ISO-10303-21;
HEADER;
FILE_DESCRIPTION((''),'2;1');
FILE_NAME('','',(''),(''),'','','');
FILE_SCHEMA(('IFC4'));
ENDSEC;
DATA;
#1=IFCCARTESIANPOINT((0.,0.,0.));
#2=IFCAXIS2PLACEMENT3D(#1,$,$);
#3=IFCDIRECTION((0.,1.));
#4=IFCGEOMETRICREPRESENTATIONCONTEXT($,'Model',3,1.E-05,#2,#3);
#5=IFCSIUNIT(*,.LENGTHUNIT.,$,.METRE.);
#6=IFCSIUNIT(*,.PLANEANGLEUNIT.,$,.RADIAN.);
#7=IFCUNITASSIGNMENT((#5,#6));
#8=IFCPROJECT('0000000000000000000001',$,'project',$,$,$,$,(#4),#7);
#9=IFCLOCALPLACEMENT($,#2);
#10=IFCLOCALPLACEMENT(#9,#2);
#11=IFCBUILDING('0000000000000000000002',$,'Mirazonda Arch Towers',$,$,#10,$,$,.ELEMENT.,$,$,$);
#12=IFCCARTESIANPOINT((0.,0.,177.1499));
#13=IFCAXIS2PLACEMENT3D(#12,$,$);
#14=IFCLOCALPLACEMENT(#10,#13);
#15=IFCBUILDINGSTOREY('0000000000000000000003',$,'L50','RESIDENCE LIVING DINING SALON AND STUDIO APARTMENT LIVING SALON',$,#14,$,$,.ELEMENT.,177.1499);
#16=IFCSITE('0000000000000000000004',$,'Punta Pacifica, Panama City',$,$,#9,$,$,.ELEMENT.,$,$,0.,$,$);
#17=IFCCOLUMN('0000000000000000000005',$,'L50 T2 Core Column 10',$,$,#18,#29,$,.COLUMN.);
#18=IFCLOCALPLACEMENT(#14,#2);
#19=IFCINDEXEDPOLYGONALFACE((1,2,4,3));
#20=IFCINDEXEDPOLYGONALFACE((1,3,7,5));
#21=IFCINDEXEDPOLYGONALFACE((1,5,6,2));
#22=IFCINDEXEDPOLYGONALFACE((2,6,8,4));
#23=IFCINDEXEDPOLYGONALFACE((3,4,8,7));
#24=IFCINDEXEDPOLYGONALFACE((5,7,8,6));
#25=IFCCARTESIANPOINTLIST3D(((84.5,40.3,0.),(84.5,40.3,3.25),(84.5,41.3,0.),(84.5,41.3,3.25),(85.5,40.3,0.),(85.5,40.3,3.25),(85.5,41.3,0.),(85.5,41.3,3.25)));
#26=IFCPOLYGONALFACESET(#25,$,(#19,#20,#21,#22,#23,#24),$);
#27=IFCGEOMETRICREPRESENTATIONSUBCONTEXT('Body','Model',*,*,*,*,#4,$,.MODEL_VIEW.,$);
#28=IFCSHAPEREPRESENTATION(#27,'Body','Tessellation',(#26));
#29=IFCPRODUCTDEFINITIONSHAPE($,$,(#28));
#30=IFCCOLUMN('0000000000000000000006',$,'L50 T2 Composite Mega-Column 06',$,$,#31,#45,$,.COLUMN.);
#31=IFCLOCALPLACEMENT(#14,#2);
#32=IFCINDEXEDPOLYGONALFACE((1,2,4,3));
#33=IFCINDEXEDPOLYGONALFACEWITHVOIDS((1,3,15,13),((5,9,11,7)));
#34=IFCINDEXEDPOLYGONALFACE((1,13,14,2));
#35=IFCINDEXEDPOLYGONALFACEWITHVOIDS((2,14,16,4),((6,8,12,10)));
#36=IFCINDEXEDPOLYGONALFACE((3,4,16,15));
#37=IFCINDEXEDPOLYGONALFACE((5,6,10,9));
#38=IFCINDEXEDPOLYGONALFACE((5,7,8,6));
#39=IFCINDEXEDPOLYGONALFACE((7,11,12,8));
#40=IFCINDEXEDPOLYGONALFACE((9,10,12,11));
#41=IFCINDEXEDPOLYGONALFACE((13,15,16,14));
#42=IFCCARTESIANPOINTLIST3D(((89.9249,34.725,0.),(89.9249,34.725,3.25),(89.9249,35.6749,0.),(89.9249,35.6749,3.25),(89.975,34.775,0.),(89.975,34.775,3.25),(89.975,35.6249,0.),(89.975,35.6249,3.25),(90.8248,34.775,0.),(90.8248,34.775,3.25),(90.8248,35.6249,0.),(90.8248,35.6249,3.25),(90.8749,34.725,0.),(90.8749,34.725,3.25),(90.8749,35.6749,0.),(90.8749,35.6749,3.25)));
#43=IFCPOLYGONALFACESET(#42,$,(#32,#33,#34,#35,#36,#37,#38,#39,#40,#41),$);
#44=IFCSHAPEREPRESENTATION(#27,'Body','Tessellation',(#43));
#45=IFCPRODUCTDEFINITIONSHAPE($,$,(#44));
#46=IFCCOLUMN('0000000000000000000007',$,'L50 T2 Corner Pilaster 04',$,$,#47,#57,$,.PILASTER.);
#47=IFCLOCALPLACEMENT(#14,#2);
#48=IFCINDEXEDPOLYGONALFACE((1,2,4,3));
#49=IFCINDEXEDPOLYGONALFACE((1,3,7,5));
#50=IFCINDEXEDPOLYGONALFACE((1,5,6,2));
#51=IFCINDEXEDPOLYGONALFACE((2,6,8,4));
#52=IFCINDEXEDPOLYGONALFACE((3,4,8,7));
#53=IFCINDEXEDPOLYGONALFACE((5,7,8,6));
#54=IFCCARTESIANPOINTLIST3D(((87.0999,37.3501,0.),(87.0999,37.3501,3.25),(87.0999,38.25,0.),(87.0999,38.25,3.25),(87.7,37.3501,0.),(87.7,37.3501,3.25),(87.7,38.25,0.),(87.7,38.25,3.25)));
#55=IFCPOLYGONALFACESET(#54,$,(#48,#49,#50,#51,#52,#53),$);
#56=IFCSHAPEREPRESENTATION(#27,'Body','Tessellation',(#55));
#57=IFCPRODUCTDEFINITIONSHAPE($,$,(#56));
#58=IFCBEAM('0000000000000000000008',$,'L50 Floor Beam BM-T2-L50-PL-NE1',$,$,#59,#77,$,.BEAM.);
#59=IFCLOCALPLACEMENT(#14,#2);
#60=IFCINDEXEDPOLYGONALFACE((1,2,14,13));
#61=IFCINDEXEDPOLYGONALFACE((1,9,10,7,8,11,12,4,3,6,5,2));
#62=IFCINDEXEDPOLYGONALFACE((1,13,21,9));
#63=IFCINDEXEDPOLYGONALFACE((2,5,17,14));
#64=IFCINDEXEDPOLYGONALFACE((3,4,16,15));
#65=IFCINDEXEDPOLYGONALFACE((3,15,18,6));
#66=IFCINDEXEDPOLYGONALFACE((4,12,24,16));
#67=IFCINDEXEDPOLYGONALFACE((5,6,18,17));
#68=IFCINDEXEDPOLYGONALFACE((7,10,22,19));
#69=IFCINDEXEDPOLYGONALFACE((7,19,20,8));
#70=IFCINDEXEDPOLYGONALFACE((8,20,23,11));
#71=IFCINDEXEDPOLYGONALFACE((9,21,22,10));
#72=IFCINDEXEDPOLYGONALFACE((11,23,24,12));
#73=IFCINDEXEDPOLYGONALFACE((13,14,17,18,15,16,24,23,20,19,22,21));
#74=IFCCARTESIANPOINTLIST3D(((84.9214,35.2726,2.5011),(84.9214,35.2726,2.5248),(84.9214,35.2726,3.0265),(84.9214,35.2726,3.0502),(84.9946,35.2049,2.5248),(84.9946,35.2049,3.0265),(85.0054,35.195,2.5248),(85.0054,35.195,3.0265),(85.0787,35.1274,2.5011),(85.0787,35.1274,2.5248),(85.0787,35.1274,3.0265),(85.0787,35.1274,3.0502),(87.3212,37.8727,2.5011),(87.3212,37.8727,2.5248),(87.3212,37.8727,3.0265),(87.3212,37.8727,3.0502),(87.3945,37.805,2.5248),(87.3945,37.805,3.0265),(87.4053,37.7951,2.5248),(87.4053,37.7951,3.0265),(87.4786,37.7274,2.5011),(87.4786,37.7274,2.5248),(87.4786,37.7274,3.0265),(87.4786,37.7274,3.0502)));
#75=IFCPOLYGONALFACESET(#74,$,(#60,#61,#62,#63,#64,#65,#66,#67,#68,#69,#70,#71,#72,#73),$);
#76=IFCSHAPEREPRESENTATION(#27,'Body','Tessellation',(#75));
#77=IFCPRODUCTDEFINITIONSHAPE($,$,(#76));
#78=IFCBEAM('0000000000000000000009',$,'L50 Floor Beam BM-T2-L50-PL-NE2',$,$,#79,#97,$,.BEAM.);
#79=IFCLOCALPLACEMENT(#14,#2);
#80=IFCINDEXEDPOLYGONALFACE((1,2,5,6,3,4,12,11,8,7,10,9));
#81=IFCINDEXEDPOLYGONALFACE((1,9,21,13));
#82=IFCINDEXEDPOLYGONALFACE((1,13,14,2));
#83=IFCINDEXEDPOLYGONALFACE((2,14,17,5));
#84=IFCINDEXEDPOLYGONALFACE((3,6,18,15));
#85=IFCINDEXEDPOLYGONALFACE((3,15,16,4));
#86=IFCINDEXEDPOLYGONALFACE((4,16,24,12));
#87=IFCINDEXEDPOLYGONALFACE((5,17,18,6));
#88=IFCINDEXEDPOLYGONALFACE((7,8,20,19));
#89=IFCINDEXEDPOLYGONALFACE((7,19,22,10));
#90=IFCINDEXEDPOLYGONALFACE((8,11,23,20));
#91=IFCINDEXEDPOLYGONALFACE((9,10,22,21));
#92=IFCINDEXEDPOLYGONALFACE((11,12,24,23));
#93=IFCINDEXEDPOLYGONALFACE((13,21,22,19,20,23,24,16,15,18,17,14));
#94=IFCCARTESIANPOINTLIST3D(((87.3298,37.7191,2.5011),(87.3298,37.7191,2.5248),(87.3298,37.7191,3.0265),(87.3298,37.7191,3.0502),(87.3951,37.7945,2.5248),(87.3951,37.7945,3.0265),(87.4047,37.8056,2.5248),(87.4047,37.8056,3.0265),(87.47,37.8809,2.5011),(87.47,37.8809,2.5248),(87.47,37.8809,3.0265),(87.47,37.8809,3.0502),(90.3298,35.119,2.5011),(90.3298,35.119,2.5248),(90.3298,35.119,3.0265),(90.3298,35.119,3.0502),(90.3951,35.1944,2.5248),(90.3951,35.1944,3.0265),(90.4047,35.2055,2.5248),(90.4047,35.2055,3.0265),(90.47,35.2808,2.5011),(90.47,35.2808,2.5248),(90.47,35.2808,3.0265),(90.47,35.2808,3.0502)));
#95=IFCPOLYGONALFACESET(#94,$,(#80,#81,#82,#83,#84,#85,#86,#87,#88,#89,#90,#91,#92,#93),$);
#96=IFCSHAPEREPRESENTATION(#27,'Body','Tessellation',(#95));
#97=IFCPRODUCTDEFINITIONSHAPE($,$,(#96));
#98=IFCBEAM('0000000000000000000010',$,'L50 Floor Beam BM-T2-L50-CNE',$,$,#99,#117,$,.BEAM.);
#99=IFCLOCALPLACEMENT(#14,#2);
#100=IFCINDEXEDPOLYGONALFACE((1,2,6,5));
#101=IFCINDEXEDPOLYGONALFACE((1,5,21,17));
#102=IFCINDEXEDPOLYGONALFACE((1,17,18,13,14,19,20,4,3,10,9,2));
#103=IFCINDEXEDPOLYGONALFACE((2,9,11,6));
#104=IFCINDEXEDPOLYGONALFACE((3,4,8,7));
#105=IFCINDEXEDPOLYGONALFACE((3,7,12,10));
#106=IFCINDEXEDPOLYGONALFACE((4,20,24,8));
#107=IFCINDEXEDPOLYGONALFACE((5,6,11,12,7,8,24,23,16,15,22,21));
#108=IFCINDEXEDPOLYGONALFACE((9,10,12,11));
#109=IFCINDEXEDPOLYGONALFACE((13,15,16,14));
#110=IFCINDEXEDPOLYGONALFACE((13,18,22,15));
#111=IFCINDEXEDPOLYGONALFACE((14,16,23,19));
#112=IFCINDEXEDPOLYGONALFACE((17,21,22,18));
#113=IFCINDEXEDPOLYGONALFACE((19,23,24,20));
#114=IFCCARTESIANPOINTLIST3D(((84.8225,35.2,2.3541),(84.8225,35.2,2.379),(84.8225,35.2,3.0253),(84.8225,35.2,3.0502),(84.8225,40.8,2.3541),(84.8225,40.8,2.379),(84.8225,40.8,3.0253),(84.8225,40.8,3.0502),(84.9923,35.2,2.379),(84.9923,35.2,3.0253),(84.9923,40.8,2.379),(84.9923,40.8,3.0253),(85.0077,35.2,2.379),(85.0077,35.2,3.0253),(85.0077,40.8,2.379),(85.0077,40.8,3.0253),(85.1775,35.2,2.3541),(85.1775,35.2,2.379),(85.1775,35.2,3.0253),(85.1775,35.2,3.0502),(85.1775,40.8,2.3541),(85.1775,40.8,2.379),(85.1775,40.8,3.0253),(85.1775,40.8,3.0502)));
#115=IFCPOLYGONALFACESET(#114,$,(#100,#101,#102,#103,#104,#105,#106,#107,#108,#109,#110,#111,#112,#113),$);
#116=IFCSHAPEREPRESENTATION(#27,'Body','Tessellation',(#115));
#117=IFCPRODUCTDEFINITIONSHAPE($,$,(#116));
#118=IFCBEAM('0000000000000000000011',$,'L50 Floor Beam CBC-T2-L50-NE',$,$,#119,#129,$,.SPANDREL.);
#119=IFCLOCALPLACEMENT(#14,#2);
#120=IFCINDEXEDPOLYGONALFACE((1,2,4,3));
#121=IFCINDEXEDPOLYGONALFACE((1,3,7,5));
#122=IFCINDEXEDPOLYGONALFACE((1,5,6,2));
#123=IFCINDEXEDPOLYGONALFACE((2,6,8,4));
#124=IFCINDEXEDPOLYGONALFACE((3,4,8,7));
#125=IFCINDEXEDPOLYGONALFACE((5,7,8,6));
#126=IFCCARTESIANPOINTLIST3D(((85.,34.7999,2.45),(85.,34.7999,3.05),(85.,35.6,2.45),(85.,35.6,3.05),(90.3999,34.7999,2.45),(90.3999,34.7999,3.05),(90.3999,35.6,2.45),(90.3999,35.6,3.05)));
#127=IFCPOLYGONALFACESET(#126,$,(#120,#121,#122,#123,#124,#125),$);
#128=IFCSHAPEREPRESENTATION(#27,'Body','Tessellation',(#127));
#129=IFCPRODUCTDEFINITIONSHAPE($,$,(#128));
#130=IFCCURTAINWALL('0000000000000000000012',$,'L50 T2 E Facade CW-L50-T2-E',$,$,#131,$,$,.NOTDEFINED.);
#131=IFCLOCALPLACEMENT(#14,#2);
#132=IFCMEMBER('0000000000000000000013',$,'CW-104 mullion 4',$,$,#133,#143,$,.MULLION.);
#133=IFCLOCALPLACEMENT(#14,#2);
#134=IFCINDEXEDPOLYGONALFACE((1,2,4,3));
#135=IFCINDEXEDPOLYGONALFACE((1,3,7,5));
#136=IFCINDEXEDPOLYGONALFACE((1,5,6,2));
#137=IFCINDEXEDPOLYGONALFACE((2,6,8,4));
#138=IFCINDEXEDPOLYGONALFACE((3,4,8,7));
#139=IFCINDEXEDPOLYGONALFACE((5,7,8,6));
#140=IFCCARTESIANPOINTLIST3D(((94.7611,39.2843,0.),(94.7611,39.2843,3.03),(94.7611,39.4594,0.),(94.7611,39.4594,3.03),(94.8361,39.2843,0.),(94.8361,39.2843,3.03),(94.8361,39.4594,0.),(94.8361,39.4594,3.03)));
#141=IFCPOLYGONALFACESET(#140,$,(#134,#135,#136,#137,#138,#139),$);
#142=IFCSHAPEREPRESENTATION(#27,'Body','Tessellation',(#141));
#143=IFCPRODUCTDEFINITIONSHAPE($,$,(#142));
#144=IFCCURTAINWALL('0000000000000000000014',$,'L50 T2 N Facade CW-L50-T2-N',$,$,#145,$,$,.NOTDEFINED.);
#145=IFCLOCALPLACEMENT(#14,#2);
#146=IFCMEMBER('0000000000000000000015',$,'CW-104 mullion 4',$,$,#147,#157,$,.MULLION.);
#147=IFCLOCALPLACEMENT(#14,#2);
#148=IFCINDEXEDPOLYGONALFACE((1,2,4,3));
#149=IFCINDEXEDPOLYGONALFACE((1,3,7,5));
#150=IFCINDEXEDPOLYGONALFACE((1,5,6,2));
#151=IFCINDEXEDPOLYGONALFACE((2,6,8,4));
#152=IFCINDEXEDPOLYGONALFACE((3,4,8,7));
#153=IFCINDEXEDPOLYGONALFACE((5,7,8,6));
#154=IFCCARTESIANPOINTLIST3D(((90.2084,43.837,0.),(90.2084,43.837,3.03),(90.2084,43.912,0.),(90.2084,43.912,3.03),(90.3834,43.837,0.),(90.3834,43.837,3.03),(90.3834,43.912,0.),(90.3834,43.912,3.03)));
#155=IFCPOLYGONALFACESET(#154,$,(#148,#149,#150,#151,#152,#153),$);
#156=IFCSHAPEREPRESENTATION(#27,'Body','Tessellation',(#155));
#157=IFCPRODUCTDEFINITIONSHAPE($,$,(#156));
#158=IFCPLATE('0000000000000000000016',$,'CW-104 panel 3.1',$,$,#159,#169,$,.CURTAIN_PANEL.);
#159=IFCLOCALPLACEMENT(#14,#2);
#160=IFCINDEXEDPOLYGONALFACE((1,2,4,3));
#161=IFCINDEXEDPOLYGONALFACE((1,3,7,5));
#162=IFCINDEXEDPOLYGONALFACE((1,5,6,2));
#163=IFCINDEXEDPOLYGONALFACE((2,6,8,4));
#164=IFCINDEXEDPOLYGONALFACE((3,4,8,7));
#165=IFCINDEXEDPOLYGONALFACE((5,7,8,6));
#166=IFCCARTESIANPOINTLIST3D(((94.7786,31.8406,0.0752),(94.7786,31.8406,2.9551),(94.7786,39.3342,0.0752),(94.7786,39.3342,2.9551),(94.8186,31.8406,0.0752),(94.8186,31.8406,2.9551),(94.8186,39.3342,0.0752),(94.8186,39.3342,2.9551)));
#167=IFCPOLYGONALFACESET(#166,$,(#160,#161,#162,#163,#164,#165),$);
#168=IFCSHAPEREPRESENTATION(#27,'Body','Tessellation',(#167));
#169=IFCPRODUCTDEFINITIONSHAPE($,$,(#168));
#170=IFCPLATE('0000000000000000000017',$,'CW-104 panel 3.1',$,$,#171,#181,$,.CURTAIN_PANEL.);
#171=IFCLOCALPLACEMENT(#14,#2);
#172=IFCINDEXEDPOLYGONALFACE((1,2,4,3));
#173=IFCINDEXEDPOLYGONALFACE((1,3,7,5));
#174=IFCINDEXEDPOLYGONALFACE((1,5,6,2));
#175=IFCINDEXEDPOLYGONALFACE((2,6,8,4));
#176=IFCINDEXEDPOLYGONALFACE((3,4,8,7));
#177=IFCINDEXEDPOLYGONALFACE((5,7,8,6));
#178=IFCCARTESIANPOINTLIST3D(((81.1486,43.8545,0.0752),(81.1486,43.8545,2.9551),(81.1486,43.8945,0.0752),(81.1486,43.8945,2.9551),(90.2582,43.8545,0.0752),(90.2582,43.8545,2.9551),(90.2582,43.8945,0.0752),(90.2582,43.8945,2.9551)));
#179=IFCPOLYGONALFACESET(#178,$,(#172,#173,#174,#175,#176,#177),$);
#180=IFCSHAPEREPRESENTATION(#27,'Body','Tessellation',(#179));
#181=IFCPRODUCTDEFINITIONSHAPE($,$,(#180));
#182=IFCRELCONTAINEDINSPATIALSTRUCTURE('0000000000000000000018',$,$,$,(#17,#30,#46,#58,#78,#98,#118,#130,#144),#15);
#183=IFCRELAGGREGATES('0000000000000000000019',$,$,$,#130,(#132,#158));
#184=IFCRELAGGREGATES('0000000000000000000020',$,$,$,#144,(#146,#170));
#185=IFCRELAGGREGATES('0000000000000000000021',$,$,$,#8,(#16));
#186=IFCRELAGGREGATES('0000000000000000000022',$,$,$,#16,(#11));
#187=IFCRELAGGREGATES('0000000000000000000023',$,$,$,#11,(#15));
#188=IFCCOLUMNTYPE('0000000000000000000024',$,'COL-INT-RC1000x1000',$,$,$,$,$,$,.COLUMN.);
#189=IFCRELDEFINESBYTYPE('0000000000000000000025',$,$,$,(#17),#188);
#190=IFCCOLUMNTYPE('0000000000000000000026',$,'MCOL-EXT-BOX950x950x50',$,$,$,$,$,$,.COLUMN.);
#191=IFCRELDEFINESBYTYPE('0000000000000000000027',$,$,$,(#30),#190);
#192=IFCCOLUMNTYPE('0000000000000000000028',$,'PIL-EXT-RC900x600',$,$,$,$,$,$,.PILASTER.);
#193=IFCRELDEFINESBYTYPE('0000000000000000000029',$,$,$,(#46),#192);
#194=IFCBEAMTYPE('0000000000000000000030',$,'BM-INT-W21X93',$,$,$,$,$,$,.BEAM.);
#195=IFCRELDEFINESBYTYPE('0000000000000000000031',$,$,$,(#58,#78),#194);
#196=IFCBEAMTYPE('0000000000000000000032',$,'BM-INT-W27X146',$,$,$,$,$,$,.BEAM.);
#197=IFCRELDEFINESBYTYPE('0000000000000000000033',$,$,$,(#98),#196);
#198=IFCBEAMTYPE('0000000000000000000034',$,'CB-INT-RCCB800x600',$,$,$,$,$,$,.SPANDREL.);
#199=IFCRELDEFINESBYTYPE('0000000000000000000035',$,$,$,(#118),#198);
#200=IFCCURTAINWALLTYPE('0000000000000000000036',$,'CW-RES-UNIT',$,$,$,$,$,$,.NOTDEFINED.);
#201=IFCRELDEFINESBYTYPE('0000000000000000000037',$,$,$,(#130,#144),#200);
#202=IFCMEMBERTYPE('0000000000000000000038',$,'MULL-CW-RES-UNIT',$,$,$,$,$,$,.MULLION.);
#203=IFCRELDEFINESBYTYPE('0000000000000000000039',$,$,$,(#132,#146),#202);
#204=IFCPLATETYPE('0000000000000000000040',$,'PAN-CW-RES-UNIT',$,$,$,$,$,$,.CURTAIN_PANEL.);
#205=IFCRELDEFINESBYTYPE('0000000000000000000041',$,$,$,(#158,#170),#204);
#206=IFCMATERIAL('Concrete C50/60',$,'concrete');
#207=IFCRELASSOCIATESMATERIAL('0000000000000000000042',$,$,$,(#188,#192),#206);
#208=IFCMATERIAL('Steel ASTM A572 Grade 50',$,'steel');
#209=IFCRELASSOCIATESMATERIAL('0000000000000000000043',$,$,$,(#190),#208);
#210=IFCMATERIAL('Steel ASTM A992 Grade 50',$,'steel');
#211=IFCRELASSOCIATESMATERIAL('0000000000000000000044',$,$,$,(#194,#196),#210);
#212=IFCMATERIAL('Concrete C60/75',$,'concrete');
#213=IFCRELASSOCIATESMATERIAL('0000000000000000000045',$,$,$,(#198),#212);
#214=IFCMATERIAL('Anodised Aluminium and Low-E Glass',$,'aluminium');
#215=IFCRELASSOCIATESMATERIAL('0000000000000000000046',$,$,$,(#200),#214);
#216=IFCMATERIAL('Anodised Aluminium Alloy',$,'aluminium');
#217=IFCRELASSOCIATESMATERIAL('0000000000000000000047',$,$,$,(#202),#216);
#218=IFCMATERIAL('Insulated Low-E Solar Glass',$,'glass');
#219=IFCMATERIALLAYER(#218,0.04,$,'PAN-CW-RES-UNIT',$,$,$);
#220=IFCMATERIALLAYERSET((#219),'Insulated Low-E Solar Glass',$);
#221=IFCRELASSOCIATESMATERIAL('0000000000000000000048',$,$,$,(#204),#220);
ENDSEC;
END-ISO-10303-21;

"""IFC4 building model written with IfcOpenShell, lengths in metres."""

from ifc_helpers import new_model, si_unit, direction, frame, origin, origin_2d, place, context, subcontext, project, spatial, rectangle, hollow_rectangle, i_section, extrude, material, layer, layer_set, material_profile, profile_set, type_object, element, aggregate, save


model = new_model("IFC4")

# Units and contexts
model_context = context("Model", 3, precision=1e-05, world=origin(), true_north=direction((0.0, 1.0)))
body_context = subcontext(model_context, "Body", "Model", "MODEL_VIEW")
ifc_project = project(units=[si_unit("LENGTHUNIT", "METRE"), si_unit("PLANEANGLEUNIT", "RADIAN")], contexts=[model_context])

# Site, building, storey
site_placement = place(None, origin())
site = spatial("IfcSite", under=ifc_project, at=site_placement, Name="Punta Pacifica, Panama City", CompositionType="ELEMENT", RefElevation=0.0)
building_placement = place(site_placement, origin())
building = spatial("IfcBuilding", under=site, at=building_placement, Name="Mirazonda Arch Towers", CompositionType="ELEMENT")
storey_placement = place(building_placement, frame((0.0, 0.0, 177.1499)))
storey = spatial("IfcBuildingStorey", under=building, at=storey_placement, Name="L50", Description="RESIDENCE LIVING DINING SALON AND STUDIO APARTMENT LIVING SALON", CompositionType="ELEMENT", Elevation=177.1499)

# Columns
ifc_material_1 = material(Name="Concrete C50/60", Category="concrete")
ifc_material_profile_1 = material_profile(ifc_material_1, rectangle(XDim=1.0, YDim=1.0, at=origin_2d()), Name="RC1000x1000")
ifc_profile_set_1 = profile_set([ifc_material_profile_1], Name="Concrete C50/60")
column_type_1 = type_object("IfcColumnType", Name="COL-INT-RC1000x1000", PredefinedType="COLUMN", material=ifc_profile_set_1)
column_1_placement = place(storey_placement, frame((85.0, 40.8, 0.0), z_axis=(0.0, 0.0, 1.0), x_axis=(1.0, 0.0, 0.0)))
element("IfcColumn", 1, at=column_1_placement, inside=storey, type_object=column_type_1, Name="L50 T2 Core Column 10", PredefinedType="COLUMN", context=body_context, shape_type="SweptSolid", body=[
    extrude(rectangle(XDim=1.0, YDim=1.0, at=origin_2d()), origin(), (0.0, 0.0, 1.0), 3.25),
])
ifc_material_2 = material(Name="Steel ASTM A572 Grade 50", Category="steel")
ifc_material_profile_2 = material_profile(ifc_material_2, hollow_rectangle(XDim=0.95, YDim=0.95, WallThickness=0.05, at=origin_2d()), Name="BOX950x950x50")
ifc_profile_set_2 = profile_set([ifc_material_profile_2], Name="Steel ASTM A572 Grade 50")
column_type_2 = type_object("IfcColumnType", Name="MCOL-EXT-BOX950x950x50", PredefinedType="COLUMN", material=ifc_profile_set_2)
column_2_placement = place(storey_placement, frame((90.3999, 35.2, 0.0), z_axis=(0.0, 0.0, 1.0), x_axis=(1.0, 0.0, 0.0)))
element("IfcColumn", 2, at=column_2_placement, inside=storey, type_object=column_type_2, Name="L50 T2 Composite Mega-Column 06", PredefinedType="COLUMN", context=body_context, shape_type="SweptSolid", body=[
    extrude(hollow_rectangle(XDim=0.95, YDim=0.95, WallThickness=0.05, at=origin_2d()), origin(), (0.0, 0.0, 1.0), 3.25),
])
ifc_material_profile_3 = material_profile(ifc_material_1, rectangle(XDim=0.6001, YDim=0.8999, at=origin_2d()), Name="RC900x600")
ifc_profile_set_3 = profile_set([ifc_material_profile_3], Name="Concrete C50/60")
column_type_3 = type_object("IfcColumnType", Name="PIL-EXT-RC900x600", PredefinedType="PILASTER", material=ifc_profile_set_3)
column_3_placement = place(storey_placement, frame((87.3999, 37.8, 0.0), z_axis=(0.0, 0.0, 1.0), x_axis=(1.0, 0.0, 0.0)))
element("IfcColumn", 3, at=column_3_placement, inside=storey, type_object=column_type_3, Name="L50 T2 Corner Pilaster 04", PredefinedType="PILASTER", context=body_context, shape_type="SweptSolid", body=[
    extrude(rectangle(XDim=0.6001, YDim=0.8999, at=origin_2d()), origin(), (0.0, 0.0, 1.0), 3.25),
])

# Beams
ifc_material_3 = material(Name="Steel ASTM A992 Grade 50", Category="steel")
ifc_material_profile_4 = material_profile(ifc_material_3, i_section(OverallWidth=0.2141, OverallDepth=0.5491, WebThickness=0.0146, FlangeThickness=0.0237, at=origin_2d()), Name="W21X93")
ifc_profile_set_4 = profile_set([ifc_material_profile_4], Name="Steel ASTM A992 Grade 50")
beam_type_1 = type_object("IfcBeamType", Name="BM-INT-W21X93", PredefinedType="BEAM", material=ifc_profile_set_4)
beam_1_placement = place(storey_placement, frame((87.3999, 37.8, 2.7756), z_axis=(-0.678251, -0.73483, 0.0), x_axis=(0.73483, -0.678251, 0.0)))
element("IfcBeam", 4, at=beam_1_placement, inside=storey, type_object=beam_type_1, Name="L50 Floor Beam BM-T2-L50-PL-NE1", PredefinedType="BEAM", context=body_context, shape_type="SweptSolid", body=[
    extrude(i_section(OverallWidth=0.2141, OverallDepth=0.5491, WebThickness=0.0146, FlangeThickness=0.0237, at=origin_2d()), origin(), (0.0, 0.0, 1.0), 3.5383),
])
beam_2_placement = place(storey_placement, frame((87.3999, 37.8, 2.7756), z_axis=(0.755677, -0.654945, 0.0), x_axis=(0.654945, 0.755677, 0.0)))
element("IfcBeam", 5, at=beam_2_placement, inside=storey, type_object=beam_type_1, Name="L50 Floor Beam BM-T2-L50-PL-NE2", PredefinedType="BEAM", context=body_context, shape_type="SweptSolid", body=[
    extrude(i_section(OverallWidth=0.2141, OverallDepth=0.5491, WebThickness=0.0146, FlangeThickness=0.0237, at=origin_2d()), origin(), (0.0, 0.0, 1.0), 3.97),
])
ifc_material_profile_5 = material_profile(ifc_material_3, i_section(OverallWidth=0.355, OverallDepth=0.696, WebThickness=0.0154, FlangeThickness=0.0249, at=origin_2d()), Name="W27X146")
ifc_profile_set_5 = profile_set([ifc_material_profile_5], Name="Steel ASTM A992 Grade 50")
beam_type_2 = type_object("IfcBeamType", Name="BM-INT-W27X146", PredefinedType="BEAM", material=ifc_profile_set_5)
beam_3_placement = place(storey_placement, frame((85.0, 35.2, 2.7021), z_axis=(0.0, 1.0, 0.0), x_axis=(-1.0, 0.0, 0.0)))
element("IfcBeam", 6, at=beam_3_placement, inside=storey, type_object=beam_type_2, Name="L50 Floor Beam BM-T2-L50-CNE", PredefinedType="BEAM", context=body_context, shape_type="SweptSolid", body=[
    extrude(i_section(OverallWidth=0.355, OverallDepth=0.696, WebThickness=0.0154, FlangeThickness=0.0249, at=origin_2d()), origin(), (0.0, 0.0, 1.0), 5.6001),
])
ifc_material_4 = material(Name="Concrete C60/75", Category="concrete")
ifc_material_profile_6 = material_profile(ifc_material_4, rectangle(XDim=0.8, YDim=0.6001, at=origin_2d()), Name="RCCB800x600")
ifc_profile_set_6 = profile_set([ifc_material_profile_6], Name="Concrete C60/75")
beam_type_3 = type_object("IfcBeamType", Name="CB-INT-RCCB800x600", PredefinedType="SPANDREL", material=ifc_profile_set_6)
beam_4_placement = place(storey_placement, frame((85.0, 35.2, 2.75), z_axis=(1.0, 0.0, 0.0), x_axis=(0.0, 1.0, 0.0)))
element("IfcBeam", 7, at=beam_4_placement, inside=storey, type_object=beam_type_3, Name="L50 Floor Beam CBC-T2-L50-NE", PredefinedType="SPANDREL", context=body_context, shape_type="SweptSolid", body=[
    extrude(rectangle(XDim=0.8, YDim=0.6001, at=origin_2d()), origin(), (0.0, 0.0, 1.0), 5.3999),
])

# Curtain walls, members
ifc_material_5 = material(Name="Anodised Aluminium and Low-E Glass", Category="aluminium")
curtain_wall_type = type_object("IfcCurtainWallType", Name="CW-RES-UNIT", PredefinedType="NOTDEFINED", material=ifc_material_5)
curtain_wall_1_placement = place(storey_placement, origin())
curtain_wall_1 = element("IfcCurtainWall", 8, at=curtain_wall_1_placement, inside=storey, type_object=curtain_wall_type, Name="L50 T2 E Facade CW-L50-T2-E", PredefinedType="NOTDEFINED")
ifc_material_6 = material(Name="Anodised Aluminium Alloy", Category="aluminium")
ifc_material_profile_7 = material_profile(ifc_material_6, rectangle(XDim=0.075, YDim=0.175, at=origin_2d()), Name="ALU-MULL-75x175")
ifc_profile_set_7 = profile_set([ifc_material_profile_7], Name="Anodised Aluminium Alloy")
member_type = type_object("IfcMemberType", Name="MULL-CW-RES-UNIT", PredefinedType="MULLION", material=ifc_profile_set_7)
member_1_placement = place(storey_placement, frame((94.7986, 39.3718, 0.0), z_axis=(0.0, 0.0, 1.0), x_axis=(-1.0, 0.0, 0.0)))
member_1 = element("IfcMember", 9, at=member_1_placement, type_object=member_type, Name="CW-104 mullion 4", PredefinedType="MULLION", context=body_context, shape_type="SweptSolid", body=[
    extrude(rectangle(XDim=0.075, YDim=0.175, at=origin_2d()), origin(), (0.0, 0.0, 1.0), 3.03),
])
curtain_wall_2_placement = place(storey_placement, origin())
curtain_wall_2 = element("IfcCurtainWall", 10, at=curtain_wall_2_placement, inside=storey, type_object=curtain_wall_type, Name="L50 T2 N Facade CW-L50-T2-N", PredefinedType="NOTDEFINED")
member_2_placement = place(storey_placement, frame((90.2959, 43.8745, 0.0), z_axis=(0.0, 0.0, 1.0), x_axis=(0.0, 1.0, 0.0)))
member_2 = element("IfcMember", 11, at=member_2_placement, type_object=member_type, Name="CW-104 mullion 4", PredefinedType="MULLION", context=body_context, shape_type="SweptSolid", body=[
    extrude(rectangle(XDim=0.075, YDim=0.175, at=origin_2d()), origin(), (0.0, 0.0, 1.0), 3.03),
])

# Plates
ifc_material_7 = material(Name="Insulated Low-E Solar Glass", Category="glass")
ifc_layer_1 = layer(ifc_material_7, 0.04, Name="PAN-CW-RES-UNIT")
ifc_layer_set_1 = layer_set([ifc_layer_1], Name="Insulated Low-E Solar Glass")
plate_type = type_object("IfcPlateType", Name="PAN-CW-RES-UNIT", PredefinedType="CURTAIN_PANEL", material=ifc_layer_set_1)
plate_1_placement = place(storey_placement, frame((94.7986, 35.5874, 0.0752), z_axis=(0.0, 0.0, 1.0), x_axis=(0.0, 1.0, 0.0)))
plate_1 = element("IfcPlate", 12, at=plate_1_placement, type_object=plate_type, Name="CW-104 panel 3.1", PredefinedType="CURTAIN_PANEL", context=body_context, shape_type="SweptSolid", body=[
    extrude(rectangle(XDim=7.4937, YDim=0.04, at=origin_2d()), origin(), (0.0, 0.0, 1.0), 2.8799),
])
aggregate(curtain_wall_1, [member_1, plate_1])
plate_2_placement = place(storey_placement, frame((85.7034, 43.8745, 0.0752), z_axis=(0.0, 0.0, 1.0), x_axis=(1.0, 0.0, 0.0)))
plate_2 = element("IfcPlate", 13, at=plate_2_placement, type_object=plate_type, Name="CW-104 panel 3.1", PredefinedType="CURTAIN_PANEL", context=body_context, shape_type="SweptSolid", body=[
    extrude(rectangle(XDim=9.1096, YDim=0.04, at=origin_2d()), origin(), (0.0, 0.0, 1.0), 2.8799),
])
aggregate(curtain_wall_2, [member_2, plate_2])

save(model, "model.ifc")
